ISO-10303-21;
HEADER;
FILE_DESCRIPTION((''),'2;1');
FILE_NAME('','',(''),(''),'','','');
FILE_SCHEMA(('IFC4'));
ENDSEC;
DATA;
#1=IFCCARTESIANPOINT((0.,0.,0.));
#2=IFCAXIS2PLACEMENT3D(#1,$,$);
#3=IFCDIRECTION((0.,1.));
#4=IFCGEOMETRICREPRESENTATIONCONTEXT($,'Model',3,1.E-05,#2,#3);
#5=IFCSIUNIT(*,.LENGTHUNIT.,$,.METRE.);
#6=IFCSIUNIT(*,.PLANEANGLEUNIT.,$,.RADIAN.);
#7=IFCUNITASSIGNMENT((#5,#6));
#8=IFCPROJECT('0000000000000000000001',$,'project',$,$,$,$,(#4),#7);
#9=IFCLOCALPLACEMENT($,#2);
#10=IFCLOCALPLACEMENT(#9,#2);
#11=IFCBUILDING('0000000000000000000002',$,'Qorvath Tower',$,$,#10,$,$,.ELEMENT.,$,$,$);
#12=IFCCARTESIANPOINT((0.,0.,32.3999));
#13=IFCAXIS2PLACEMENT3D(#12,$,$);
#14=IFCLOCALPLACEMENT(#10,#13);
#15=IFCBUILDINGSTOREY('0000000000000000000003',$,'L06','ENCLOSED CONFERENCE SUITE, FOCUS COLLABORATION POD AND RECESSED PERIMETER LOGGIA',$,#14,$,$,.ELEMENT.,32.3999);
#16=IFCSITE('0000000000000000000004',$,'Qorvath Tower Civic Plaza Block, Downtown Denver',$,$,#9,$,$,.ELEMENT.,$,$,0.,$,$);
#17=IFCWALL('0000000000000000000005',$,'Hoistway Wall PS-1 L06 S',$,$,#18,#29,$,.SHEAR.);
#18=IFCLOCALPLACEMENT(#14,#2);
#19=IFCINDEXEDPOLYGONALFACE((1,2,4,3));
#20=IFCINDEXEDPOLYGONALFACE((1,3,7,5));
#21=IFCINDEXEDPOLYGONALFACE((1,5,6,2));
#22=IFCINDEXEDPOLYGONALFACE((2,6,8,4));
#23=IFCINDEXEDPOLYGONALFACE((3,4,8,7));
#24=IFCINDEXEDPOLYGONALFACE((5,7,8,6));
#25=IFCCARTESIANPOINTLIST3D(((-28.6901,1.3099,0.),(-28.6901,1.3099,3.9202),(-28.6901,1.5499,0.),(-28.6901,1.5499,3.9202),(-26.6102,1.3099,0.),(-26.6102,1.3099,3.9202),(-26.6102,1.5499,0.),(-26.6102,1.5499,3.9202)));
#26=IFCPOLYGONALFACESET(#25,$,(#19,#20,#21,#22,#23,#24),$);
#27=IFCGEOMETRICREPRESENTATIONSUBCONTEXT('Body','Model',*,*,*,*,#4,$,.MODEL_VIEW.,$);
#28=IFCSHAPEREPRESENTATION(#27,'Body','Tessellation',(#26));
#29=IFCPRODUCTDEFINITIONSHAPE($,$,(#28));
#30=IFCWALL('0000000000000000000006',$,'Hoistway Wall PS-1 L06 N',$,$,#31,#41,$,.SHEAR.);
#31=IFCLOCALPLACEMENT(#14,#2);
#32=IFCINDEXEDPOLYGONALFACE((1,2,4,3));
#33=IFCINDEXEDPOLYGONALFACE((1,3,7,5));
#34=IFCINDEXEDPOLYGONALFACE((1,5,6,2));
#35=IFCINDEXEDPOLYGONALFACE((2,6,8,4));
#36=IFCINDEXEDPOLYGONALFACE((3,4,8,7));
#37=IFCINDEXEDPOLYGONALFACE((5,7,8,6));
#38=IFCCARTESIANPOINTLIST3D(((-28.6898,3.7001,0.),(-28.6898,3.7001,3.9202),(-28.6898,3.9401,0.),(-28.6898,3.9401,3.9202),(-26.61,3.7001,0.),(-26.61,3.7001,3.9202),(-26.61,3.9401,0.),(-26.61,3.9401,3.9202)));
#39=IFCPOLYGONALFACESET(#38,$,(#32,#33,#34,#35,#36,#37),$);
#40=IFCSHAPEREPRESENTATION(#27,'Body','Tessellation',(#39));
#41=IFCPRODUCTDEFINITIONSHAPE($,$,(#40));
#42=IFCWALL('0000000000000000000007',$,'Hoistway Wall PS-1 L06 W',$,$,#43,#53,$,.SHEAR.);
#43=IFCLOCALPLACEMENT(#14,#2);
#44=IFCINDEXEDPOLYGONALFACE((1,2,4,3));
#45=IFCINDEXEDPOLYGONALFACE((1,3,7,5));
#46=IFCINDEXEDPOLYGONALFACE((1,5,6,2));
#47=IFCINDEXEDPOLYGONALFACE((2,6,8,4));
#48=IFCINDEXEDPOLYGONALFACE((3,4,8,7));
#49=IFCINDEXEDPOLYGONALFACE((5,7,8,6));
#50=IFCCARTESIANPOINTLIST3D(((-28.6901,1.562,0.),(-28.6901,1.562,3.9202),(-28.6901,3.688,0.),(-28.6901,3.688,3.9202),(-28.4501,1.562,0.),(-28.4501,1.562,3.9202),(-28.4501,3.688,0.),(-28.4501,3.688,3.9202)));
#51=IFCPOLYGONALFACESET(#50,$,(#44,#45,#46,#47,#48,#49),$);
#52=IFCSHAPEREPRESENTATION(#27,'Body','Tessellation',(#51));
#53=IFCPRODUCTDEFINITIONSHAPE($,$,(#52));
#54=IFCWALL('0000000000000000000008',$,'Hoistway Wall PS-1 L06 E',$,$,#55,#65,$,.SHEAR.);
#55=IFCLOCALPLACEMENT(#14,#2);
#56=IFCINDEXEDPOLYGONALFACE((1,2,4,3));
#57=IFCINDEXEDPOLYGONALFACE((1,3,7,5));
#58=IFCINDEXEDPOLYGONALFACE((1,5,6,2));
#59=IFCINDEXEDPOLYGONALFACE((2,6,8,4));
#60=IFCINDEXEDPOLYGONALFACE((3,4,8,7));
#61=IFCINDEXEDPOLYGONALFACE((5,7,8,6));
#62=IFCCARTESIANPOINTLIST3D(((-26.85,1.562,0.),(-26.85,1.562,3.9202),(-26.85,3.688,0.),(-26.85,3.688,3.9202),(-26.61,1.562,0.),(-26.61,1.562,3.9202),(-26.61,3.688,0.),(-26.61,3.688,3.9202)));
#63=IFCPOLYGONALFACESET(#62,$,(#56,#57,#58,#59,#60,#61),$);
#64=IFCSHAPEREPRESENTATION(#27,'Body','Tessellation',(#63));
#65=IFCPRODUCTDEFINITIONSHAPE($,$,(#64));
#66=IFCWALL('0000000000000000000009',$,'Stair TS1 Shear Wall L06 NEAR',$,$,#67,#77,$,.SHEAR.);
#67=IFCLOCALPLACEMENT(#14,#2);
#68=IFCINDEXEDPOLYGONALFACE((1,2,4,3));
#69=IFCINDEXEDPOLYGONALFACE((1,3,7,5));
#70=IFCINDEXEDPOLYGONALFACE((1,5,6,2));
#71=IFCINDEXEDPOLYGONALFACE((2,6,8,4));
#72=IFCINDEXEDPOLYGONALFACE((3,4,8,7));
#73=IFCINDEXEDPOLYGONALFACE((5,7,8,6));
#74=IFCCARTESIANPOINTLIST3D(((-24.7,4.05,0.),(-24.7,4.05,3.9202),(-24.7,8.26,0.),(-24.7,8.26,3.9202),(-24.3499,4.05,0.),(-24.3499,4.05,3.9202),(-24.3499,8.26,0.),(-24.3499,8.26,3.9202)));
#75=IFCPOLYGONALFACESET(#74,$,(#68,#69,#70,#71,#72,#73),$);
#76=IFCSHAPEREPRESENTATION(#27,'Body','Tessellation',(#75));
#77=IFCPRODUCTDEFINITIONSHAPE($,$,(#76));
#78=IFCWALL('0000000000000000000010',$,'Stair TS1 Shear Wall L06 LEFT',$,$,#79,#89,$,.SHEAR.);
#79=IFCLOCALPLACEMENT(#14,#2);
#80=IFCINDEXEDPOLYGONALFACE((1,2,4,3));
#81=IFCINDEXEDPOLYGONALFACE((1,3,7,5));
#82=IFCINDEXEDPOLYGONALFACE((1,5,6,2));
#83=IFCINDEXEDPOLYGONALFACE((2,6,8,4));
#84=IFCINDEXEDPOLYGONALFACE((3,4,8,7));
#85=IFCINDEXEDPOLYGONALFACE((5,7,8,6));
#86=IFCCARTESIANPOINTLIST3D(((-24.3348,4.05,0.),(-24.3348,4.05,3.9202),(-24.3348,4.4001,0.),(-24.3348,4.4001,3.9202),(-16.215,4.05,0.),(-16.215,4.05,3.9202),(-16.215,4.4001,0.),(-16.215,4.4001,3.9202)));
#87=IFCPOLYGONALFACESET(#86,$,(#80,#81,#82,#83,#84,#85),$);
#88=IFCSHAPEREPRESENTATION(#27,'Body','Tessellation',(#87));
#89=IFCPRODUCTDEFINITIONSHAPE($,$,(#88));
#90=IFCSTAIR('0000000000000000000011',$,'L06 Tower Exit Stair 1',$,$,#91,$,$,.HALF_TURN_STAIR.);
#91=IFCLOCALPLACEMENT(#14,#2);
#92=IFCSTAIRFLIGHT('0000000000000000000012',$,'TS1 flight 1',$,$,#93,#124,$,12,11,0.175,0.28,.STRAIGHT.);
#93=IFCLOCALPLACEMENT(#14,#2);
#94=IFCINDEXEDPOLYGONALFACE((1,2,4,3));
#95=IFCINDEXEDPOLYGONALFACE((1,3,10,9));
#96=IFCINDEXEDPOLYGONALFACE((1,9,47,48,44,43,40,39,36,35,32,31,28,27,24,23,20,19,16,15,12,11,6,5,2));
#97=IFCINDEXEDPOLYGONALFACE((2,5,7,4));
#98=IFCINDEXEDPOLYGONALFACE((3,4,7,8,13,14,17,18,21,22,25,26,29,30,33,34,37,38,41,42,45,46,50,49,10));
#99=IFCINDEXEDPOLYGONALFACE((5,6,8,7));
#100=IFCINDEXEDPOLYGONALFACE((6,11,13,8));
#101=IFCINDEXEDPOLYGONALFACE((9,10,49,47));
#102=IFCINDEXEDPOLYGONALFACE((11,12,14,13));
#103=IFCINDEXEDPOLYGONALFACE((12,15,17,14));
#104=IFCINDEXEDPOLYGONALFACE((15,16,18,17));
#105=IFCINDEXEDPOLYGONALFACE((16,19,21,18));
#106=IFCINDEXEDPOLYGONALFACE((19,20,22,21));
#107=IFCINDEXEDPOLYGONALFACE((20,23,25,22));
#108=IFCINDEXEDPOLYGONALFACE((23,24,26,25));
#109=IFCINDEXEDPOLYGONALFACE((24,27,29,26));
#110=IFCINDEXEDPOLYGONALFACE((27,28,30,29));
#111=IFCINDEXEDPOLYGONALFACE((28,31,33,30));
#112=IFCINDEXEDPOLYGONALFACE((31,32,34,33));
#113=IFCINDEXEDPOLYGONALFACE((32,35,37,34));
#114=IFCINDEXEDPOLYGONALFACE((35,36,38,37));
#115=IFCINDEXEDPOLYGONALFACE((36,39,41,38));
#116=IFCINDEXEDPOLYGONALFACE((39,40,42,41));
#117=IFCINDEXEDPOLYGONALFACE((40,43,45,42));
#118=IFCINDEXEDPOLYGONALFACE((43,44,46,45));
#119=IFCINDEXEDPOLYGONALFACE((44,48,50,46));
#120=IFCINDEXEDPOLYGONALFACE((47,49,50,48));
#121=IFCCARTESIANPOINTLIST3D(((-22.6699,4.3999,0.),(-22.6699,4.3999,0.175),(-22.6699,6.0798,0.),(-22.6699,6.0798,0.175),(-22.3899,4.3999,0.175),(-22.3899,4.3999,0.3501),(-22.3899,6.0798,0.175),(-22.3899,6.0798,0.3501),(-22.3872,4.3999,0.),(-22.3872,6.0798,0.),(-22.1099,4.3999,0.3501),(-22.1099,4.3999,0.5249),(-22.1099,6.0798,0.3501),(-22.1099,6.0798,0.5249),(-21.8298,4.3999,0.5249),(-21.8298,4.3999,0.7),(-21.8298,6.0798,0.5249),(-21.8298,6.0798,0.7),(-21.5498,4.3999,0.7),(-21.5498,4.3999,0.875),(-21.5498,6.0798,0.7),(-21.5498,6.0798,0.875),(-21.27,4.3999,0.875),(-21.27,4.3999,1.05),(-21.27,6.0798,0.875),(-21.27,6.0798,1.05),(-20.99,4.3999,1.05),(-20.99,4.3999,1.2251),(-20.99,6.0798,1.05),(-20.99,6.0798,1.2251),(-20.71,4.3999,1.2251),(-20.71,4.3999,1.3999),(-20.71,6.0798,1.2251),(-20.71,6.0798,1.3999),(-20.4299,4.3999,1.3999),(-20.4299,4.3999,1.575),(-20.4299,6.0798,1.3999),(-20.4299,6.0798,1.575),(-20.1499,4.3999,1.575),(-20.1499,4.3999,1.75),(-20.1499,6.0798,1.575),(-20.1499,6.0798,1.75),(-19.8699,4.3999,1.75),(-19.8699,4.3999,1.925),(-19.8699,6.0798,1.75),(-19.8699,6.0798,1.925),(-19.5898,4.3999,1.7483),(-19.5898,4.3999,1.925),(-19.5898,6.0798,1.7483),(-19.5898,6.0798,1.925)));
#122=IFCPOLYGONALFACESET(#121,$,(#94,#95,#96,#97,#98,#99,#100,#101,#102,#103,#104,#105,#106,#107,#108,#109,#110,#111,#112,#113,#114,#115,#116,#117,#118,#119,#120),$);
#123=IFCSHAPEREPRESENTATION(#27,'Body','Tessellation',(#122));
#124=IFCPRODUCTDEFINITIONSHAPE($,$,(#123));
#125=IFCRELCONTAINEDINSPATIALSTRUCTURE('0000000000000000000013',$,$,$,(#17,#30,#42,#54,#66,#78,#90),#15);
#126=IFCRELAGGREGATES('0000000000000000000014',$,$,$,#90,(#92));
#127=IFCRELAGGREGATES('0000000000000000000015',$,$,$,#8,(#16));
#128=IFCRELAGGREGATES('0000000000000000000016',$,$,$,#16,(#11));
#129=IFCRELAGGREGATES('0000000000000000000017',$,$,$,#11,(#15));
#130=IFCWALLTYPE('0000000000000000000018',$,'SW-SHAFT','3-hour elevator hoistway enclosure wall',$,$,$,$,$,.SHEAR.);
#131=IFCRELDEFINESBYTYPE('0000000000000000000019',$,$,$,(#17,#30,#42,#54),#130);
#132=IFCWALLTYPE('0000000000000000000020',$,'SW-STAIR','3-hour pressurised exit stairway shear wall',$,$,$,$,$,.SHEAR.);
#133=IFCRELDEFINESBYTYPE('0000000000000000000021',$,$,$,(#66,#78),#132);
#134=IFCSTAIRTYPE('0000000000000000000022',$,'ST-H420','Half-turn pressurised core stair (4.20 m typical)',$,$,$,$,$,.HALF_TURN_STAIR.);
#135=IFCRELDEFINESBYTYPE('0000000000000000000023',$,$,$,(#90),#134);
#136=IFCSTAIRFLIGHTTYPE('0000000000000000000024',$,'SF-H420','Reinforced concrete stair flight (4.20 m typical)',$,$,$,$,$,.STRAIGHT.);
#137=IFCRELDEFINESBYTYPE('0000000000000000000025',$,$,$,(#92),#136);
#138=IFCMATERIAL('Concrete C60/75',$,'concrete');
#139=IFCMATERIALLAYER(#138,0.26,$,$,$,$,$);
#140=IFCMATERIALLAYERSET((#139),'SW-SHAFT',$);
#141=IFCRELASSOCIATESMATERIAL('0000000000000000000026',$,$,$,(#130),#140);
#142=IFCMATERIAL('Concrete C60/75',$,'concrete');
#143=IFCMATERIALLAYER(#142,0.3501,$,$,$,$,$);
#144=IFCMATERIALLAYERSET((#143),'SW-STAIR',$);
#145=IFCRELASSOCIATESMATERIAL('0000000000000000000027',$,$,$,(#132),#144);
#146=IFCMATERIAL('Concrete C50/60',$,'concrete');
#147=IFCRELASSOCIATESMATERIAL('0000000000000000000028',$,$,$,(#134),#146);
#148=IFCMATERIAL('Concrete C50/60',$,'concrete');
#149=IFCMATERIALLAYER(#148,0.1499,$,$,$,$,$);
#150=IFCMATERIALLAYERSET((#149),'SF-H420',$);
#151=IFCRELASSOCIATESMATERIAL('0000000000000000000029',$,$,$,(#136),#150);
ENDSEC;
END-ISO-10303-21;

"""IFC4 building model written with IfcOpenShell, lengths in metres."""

from ifc_helpers import new_model, si_unit, direction, frame, frame_2d, origin, place, context, subcontext, project, spatial, polyline, rectangle, outline, extrude, material, layer, layer_set, type_object, element, aggregate, save


model = new_model("IFC4")

# Units and contexts
model_context = context("Model", 3, precision=1e-05, world=origin(), true_north=direction((0.0, 1.0)))
body_context = subcontext(model_context, "Body", "Model", "MODEL_VIEW")
ifc_project = project(units=[si_unit("LENGTHUNIT", "METRE"), si_unit("PLANEANGLEUNIT", "RADIAN")], contexts=[model_context])

# Site, building, storey
site_placement = place(None, origin())
site = spatial("IfcSite", under=ifc_project, at=site_placement, Name="Qorvath Tower Civic Plaza Block, Downtown Denver", CompositionType="ELEMENT", RefElevation=0.0)
building_placement = place(site_placement, origin())
building = spatial("IfcBuilding", under=site, at=building_placement, Name="Qorvath Tower", CompositionType="ELEMENT")
storey_placement = place(building_placement, frame((0.0, 0.0, 32.3999)))
storey = spatial("IfcBuildingStorey", under=building, at=storey_placement, Name="L06", Description="ENCLOSED CONFERENCE SUITE, FOCUS COLLABORATION POD AND RECESSED PERIMETER LOGGIA", CompositionType="ELEMENT", Elevation=32.3999)

# Shared definitions
ifc_material_1 = material(Name="Concrete C60/75", Category="concrete")
ifc_layer_1 = layer(ifc_material_1, 0.26)
ifc_layer_set_1 = layer_set([ifc_layer_1], Name="SW-SHAFT")
wall_type_1 = type_object("IfcWallType", Name="SW-SHAFT", Description="3-hour elevator hoistway enclosure wall", PredefinedType="SHEAR", material=ifc_layer_set_1)

# Walls
for number, where, z_axis, x_axis, name in (
    (1, (-26.6101, 1.4299, 0.0), (0.0, 0.0, 1.0), (-1.0, 0.0, 0.0), "Hoistway Wall PS-1 L06 S"),
    (2, (-28.6899, 3.8201, 0.0), (0.0, 0.0, 1.0), (1.0, 0.0, 0.0), "Hoistway Wall PS-1 L06 N"),
):
    element("IfcWall", number, at=place(storey_placement, frame(where, z_axis=z_axis, x_axis=x_axis)), inside=storey, type_object=wall_type_1, Name=name, PredefinedType="SHEAR", context=body_context, shape_type="SweptSolid", body=[
        extrude(rectangle(XDim=2.0798, YDim=0.24, at=frame_2d((1.04, 0.0))), origin(), (0.0, 0.0, 1.0), 3.9202),
    ])
for number, where, z_axis, x_axis, name in (
    (3, (-28.5701, 1.562, 0.0), (0.0, 0.0, 1.0), (0.0, 1.0, 0.0), "Hoistway Wall PS-1 L06 W"),
    (4, (-26.73, 3.688, 0.0), (0.0, 0.0, 1.0), (0.0, -1.0, 0.0), "Hoistway Wall PS-1 L06 E"),
):
    element("IfcWall", number, at=place(storey_placement, frame(where, z_axis=z_axis, x_axis=x_axis)), inside=storey, type_object=wall_type_1, Name=name, PredefinedType="SHEAR", context=body_context, shape_type="SweptSolid", body=[
        extrude(rectangle(XDim=2.126, YDim=0.24, at=frame_2d((1.063, 0.0))), origin(), (0.0, 0.0, 1.0), 3.9202),
    ])
ifc_material_2 = material(Name="Concrete C60/75", Category="concrete")
ifc_layer_2 = layer(ifc_material_2, 0.3501)
ifc_layer_set_2 = layer_set([ifc_layer_2], Name="SW-STAIR")
wall_type_2 = type_object("IfcWallType", Name="SW-STAIR", Description="3-hour pressurised exit stairway shear wall", PredefinedType="SHEAR", material=ifc_layer_set_2)
wall_1_placement = place(storey_placement, frame((-24.5249, 8.26, 0.0), z_axis=(0.0, 0.0, 1.0), x_axis=(0.0, -1.0, 0.0)))
element("IfcWall", 5, at=wall_1_placement, inside=storey, type_object=wall_type_2, Name="Stair TS1 Shear Wall L06 NEAR", PredefinedType="SHEAR", context=body_context, shape_type="SweptSolid", body=[
    extrude(rectangle(XDim=4.21, YDim=0.3501, at=frame_2d((2.105, 0.0))), origin(), (0.0, 0.0, 1.0), 3.9202),
])
wall_2_placement = place(storey_placement, frame((-24.335, 4.2251, 0.0), z_axis=(0.0, 0.0, 1.0), x_axis=(1.0, 0.0, 0.0)))
element("IfcWall", 6, at=wall_2_placement, inside=storey, type_object=wall_type_2, Name="Stair TS1 Shear Wall L06 LEFT", PredefinedType="SHEAR", context=body_context, shape_type="SweptSolid", body=[
    extrude(rectangle(XDim=8.1199, YDim=0.3501, at=frame_2d((4.0601, 0.0))), origin(), (0.0, 0.0, 1.0), 3.9202),
])

# Stair, stair flight
ifc_material_3 = material(Name="Concrete C50/60", Category="concrete")
stair_type = type_object("IfcStairType", Name="ST-H420", Description="Half-turn pressurised core stair (4.20 m typical)", PredefinedType="HALF_TURN_STAIR", material=ifc_material_3)
stair_placement = place(storey_placement, origin())
stair = element("IfcStair", 7, at=stair_placement, inside=storey, type_object=stair_type, Name="L06 Tower Exit Stair 1", PredefinedType="HALF_TURN_STAIR")
ifc_material_4 = material(Name="Concrete C50/60", Category="concrete")
ifc_layer_3 = layer(ifc_material_4, 0.1499)
ifc_layer_set_3 = layer_set([ifc_layer_3], Name="SF-H420")
stair_flight_type = type_object("IfcStairFlightType", Name="SF-H420", Description="Reinforced concrete stair flight (4.20 m typical)", PredefinedType="STRAIGHT", material=ifc_layer_set_3)
stair_flight_placement = place(storey_placement, frame((-22.6699, 5.24, 0.0), z_axis=(0.0, 0.0, 1.0), x_axis=(1.0, 0.0, 0.0)))
stair_flight = element("IfcStairFlight", 8, at=stair_flight_placement, type_object=stair_flight_type, Name="TS1 flight 1", NumberOfRisers=12, NumberOfTreads=11, PredefinedType="STRAIGHT", RiserHeight=0.175, TreadLength=0.28, context=body_context, shape_type="SweptSolid", body=[
    extrude(outline(polyline([(0.0, 0.0), (0.0, 0.175), (0.28, 0.175), (0.28, 0.3501), (0.5601, 0.3501), (0.5601, 0.5249), (0.8401, 0.5249), (0.8401, 0.7), (1.1201, 0.7), (1.1201, 0.875), (1.3999, 0.875), (1.3999, 1.05), (1.6799, 1.05), (1.6799, 1.2251), (1.96, 1.2251), (1.96, 1.3999), (2.24, 1.3999), (2.24, 1.575), (2.52, 1.575), (2.52, 1.75), (2.8, 1.75), (2.8, 1.925), (3.0801, 1.925), (3.0801, 2.1001), (3.0801, 1.7483), (0.2827, 0.0), (0.0, 0.0)])), frame((0.0, 0.8398, 0.0), z_axis=(0.0, -1.0, 0.0), x_axis=(1.0, 0.0, 0.0)), (0.0, 0.0, 1.0), 1.6799),
])
aggregate(stair, [stair_flight])

save(model, "model.ifc")
